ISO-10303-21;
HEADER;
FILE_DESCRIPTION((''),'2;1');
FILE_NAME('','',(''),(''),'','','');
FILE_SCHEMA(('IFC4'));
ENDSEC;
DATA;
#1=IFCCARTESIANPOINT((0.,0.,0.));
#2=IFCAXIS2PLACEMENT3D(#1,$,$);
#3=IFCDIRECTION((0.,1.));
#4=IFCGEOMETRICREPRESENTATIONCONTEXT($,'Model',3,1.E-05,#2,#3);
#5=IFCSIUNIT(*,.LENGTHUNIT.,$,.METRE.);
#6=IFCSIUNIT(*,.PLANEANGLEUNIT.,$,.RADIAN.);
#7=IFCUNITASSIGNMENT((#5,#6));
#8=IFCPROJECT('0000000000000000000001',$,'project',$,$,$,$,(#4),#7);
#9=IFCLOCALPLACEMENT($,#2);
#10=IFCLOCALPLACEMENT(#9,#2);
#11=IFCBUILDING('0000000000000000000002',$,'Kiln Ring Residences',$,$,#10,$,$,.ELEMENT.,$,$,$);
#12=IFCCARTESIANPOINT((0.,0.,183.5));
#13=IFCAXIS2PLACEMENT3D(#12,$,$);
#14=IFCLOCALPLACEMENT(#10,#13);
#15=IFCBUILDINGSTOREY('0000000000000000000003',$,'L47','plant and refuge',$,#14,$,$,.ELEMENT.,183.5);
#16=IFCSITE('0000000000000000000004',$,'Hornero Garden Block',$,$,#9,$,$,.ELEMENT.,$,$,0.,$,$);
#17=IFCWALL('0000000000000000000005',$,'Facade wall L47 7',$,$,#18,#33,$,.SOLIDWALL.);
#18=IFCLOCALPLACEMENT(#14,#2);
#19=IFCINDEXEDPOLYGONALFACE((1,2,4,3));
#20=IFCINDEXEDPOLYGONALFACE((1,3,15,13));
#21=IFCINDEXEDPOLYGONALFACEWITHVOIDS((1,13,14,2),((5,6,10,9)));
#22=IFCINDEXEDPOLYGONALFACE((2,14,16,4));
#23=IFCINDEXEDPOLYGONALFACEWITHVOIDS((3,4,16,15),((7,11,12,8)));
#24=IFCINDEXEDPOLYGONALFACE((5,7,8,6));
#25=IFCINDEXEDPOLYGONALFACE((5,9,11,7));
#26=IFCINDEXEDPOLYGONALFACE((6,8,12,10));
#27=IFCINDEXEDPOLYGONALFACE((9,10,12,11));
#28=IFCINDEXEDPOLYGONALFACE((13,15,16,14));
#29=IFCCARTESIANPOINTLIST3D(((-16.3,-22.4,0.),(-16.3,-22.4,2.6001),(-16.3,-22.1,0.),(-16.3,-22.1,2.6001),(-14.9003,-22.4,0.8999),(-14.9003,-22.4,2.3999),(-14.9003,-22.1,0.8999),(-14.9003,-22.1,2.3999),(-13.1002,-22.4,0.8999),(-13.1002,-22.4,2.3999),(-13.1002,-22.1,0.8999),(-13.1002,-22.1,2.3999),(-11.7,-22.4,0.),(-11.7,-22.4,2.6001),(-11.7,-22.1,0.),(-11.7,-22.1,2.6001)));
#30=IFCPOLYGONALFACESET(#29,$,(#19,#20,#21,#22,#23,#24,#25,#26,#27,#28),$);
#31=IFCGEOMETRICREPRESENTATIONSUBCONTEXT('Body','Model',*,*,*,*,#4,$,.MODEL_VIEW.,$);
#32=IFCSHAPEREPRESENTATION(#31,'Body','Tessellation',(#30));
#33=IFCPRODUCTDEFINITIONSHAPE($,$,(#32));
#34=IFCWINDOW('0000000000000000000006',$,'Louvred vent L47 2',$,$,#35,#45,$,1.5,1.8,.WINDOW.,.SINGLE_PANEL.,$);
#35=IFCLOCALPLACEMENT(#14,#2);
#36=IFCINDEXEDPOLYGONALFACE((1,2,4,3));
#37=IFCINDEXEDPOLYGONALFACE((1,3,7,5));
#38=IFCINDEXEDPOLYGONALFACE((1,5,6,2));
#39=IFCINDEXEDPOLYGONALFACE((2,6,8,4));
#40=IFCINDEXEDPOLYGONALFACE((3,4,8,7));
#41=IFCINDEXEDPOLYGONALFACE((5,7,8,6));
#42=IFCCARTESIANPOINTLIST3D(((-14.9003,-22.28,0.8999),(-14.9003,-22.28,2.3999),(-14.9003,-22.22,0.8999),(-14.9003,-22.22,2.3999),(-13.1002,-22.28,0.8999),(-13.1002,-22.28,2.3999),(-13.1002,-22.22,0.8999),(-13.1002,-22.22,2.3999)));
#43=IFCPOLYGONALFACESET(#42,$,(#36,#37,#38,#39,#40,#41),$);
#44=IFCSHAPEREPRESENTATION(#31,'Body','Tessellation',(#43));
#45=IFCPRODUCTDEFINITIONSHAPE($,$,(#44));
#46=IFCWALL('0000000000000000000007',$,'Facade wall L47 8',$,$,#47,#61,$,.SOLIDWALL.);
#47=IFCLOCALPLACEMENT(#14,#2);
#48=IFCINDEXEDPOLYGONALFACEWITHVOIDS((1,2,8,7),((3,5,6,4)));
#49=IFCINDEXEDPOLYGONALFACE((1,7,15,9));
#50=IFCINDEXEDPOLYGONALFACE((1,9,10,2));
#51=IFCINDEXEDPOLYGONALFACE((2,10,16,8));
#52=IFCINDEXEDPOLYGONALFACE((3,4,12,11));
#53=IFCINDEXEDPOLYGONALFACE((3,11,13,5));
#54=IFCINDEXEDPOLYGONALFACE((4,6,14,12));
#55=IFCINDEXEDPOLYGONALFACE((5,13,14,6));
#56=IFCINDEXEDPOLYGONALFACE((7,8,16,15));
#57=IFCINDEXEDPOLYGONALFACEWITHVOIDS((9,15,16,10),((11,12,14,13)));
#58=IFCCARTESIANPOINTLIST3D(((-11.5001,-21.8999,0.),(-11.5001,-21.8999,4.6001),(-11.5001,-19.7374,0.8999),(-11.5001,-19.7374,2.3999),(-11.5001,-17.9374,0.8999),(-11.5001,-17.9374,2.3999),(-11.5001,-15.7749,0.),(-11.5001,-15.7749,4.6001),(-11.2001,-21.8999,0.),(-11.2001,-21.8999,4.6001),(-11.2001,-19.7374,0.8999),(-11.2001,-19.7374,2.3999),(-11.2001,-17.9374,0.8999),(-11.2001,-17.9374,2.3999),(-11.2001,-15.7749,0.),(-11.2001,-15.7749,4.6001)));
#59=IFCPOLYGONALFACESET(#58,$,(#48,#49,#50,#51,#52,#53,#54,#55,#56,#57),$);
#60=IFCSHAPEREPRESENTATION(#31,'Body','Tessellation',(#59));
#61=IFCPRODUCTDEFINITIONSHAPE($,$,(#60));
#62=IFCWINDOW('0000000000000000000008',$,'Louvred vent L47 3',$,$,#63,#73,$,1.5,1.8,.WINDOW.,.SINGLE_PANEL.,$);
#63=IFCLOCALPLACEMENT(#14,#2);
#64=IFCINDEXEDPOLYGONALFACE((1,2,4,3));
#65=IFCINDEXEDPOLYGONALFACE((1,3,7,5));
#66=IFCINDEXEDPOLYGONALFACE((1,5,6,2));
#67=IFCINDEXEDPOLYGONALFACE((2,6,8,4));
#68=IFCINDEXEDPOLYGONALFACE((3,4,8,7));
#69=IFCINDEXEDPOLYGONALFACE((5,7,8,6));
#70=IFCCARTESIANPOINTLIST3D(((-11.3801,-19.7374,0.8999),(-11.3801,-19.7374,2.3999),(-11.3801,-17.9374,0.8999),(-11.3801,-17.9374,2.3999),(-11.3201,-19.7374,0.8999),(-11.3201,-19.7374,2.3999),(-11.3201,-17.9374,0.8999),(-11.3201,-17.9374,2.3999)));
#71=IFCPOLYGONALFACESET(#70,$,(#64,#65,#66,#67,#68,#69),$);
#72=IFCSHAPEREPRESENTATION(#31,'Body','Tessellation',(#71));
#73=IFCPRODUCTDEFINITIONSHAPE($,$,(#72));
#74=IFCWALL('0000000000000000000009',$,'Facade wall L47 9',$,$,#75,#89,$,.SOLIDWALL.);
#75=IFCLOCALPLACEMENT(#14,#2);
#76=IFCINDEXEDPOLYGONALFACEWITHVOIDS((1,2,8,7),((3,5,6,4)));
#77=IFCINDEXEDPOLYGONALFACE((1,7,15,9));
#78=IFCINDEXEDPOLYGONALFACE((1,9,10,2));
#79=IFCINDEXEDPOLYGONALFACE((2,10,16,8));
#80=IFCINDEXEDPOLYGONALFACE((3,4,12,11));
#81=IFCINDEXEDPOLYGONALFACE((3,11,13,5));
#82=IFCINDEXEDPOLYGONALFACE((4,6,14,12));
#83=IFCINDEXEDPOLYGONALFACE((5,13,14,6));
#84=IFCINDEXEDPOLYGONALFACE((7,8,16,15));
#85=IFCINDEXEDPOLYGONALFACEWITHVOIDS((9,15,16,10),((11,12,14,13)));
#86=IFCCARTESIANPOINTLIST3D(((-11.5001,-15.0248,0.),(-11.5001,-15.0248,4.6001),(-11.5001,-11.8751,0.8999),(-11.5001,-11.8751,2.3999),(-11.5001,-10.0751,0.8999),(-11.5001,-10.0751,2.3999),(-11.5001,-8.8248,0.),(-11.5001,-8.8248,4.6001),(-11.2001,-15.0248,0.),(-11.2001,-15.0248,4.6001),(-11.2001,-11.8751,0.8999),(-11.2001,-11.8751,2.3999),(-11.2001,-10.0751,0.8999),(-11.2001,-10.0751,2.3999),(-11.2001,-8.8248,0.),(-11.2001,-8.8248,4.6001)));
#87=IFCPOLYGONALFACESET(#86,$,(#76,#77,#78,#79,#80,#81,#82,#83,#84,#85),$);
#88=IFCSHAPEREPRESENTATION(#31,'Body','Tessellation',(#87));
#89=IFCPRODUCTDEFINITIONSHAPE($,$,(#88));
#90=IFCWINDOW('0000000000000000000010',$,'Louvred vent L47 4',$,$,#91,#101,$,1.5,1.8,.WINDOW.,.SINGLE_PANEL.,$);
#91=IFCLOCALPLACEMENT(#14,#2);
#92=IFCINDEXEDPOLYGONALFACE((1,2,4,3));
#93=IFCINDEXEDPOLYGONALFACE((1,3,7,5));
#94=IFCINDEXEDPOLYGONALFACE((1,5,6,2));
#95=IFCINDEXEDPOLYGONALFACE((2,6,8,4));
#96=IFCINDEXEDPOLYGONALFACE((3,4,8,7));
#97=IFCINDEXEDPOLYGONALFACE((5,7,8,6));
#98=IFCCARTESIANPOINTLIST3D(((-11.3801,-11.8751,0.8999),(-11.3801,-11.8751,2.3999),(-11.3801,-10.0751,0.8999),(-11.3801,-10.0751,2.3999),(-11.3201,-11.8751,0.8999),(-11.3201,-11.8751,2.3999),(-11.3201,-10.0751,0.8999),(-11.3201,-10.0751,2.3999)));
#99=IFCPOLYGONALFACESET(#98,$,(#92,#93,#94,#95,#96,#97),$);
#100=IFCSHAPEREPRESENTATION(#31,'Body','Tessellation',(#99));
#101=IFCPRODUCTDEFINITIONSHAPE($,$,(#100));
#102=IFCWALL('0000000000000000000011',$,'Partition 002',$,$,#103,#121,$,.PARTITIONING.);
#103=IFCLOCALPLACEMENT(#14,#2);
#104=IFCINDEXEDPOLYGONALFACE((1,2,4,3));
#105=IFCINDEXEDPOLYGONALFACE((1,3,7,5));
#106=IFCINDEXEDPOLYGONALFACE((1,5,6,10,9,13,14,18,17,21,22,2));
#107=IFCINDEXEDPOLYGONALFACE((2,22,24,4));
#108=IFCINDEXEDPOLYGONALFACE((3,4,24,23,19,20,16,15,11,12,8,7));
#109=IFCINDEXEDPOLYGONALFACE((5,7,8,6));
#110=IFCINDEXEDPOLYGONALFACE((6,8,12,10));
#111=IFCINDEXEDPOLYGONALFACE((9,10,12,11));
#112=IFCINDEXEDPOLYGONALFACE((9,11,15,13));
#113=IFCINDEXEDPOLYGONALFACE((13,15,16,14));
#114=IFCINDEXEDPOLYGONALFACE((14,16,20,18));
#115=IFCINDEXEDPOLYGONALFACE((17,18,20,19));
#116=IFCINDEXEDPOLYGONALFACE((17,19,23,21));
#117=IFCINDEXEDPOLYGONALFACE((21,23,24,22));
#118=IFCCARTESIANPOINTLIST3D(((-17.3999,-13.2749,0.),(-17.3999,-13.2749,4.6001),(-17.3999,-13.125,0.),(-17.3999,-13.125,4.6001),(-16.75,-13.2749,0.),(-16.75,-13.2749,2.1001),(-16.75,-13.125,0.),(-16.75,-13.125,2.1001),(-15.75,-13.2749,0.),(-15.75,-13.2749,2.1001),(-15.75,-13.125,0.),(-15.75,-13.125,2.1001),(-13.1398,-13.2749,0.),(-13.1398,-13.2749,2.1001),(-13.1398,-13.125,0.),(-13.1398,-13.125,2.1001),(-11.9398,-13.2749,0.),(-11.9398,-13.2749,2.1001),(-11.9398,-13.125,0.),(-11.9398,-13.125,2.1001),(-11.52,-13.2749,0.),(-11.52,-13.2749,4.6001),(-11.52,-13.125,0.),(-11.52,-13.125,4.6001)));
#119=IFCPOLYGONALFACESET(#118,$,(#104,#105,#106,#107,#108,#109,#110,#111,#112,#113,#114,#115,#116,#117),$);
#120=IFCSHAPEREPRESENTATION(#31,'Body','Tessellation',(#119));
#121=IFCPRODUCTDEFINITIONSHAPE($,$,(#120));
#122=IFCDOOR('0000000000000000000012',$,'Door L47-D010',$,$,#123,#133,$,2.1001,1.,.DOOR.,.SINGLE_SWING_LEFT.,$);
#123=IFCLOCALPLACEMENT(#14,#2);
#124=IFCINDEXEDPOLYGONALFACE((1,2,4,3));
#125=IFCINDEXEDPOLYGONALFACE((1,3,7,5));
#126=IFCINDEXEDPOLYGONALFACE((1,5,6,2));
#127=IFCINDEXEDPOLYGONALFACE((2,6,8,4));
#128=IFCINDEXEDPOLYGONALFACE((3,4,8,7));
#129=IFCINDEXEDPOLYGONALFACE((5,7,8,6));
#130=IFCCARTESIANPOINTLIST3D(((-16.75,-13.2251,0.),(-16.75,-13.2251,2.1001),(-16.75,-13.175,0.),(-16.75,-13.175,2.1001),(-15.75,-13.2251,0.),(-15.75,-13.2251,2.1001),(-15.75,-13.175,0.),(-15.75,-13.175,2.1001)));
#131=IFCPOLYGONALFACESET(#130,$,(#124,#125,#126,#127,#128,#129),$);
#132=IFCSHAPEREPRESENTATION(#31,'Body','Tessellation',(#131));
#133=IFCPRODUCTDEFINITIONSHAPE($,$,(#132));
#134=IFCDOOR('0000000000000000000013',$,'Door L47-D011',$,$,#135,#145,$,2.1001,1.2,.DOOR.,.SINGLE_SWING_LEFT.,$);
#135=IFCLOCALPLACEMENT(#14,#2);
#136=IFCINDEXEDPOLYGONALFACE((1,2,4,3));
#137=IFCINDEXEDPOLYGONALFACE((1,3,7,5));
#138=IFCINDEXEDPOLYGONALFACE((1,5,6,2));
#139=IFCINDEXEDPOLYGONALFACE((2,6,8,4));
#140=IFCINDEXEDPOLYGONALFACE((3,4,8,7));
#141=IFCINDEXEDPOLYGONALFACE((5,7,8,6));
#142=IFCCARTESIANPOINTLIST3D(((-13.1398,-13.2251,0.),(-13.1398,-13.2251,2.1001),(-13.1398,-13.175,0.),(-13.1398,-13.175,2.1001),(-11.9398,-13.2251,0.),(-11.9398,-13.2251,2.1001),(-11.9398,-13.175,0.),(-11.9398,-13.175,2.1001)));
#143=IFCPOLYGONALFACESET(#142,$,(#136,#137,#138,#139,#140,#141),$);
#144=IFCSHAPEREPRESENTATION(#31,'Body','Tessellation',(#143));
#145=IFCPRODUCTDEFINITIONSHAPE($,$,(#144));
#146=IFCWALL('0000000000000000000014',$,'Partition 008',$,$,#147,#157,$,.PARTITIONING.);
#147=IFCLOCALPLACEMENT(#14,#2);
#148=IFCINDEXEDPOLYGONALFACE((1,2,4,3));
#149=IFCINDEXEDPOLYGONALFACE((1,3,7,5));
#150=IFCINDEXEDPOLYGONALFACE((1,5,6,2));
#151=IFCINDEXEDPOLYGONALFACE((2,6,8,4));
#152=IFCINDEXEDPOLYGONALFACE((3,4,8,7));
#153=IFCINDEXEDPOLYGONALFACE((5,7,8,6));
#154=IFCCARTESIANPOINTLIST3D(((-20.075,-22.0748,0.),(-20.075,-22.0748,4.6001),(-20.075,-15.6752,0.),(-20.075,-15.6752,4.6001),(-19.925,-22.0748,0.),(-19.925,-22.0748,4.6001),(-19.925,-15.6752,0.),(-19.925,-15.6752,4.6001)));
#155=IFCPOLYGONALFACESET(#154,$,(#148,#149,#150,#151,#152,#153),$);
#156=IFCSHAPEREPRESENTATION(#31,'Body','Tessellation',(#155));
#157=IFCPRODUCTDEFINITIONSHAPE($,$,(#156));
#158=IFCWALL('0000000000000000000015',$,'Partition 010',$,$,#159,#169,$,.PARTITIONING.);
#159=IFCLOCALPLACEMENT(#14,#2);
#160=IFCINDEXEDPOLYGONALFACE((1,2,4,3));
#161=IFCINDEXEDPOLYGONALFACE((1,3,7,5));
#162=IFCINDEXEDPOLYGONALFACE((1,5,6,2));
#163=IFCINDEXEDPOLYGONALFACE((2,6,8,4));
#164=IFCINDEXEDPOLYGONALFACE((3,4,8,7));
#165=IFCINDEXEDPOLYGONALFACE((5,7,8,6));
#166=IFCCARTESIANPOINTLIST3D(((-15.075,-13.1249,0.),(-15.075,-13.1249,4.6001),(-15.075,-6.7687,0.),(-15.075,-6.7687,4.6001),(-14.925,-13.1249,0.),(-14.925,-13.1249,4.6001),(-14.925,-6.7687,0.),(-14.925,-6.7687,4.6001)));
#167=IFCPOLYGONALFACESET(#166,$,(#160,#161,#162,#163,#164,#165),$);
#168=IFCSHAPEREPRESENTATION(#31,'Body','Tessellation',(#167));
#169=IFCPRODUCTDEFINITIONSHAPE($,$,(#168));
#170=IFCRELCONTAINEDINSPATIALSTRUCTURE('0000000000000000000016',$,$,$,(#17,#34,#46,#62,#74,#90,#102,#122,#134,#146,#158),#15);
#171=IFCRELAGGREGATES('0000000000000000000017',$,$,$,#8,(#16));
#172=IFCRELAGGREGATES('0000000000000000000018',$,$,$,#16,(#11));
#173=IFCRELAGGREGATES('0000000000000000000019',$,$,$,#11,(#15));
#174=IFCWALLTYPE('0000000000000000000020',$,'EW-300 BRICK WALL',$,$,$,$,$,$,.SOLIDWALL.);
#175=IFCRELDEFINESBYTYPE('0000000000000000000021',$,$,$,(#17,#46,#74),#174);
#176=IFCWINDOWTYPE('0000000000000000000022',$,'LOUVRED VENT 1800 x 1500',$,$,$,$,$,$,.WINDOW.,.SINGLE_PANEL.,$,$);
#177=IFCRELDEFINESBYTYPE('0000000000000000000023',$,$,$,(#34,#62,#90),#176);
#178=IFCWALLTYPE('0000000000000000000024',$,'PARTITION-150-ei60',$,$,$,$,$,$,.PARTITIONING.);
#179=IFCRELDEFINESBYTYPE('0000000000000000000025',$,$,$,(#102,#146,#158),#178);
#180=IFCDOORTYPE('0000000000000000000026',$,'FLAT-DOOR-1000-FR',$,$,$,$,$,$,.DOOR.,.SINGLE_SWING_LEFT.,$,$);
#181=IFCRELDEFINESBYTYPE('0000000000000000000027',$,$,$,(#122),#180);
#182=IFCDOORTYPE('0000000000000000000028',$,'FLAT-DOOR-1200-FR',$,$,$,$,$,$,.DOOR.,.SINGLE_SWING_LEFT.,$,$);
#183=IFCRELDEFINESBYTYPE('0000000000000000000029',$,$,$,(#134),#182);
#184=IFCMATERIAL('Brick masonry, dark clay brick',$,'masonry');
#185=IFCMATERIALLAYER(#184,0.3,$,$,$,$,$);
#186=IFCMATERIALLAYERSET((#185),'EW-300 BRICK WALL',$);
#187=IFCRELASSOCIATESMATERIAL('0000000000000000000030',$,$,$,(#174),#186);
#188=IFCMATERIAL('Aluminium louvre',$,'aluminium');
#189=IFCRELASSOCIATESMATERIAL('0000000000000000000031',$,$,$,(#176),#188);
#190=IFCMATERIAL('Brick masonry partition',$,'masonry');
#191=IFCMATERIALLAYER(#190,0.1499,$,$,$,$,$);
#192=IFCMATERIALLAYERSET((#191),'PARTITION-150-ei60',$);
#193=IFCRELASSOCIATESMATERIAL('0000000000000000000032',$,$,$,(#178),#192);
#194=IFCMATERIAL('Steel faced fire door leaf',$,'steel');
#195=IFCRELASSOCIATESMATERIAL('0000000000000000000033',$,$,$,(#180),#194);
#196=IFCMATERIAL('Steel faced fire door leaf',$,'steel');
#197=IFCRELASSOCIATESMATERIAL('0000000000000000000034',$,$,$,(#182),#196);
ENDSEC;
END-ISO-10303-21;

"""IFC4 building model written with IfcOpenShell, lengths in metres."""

from ifc_helpers import new_model, si_unit, direction, frame, frame_2d, origin, place, context, subcontext, project, spatial, rectangle, extrude, material, layer, layer_set, type_object, element, fill, save


model = new_model("IFC4")

# Units and contexts
model_context = context("Model", 3, precision=1e-05, world=origin(), true_north=direction((0.0, 1.0)))
body_context = subcontext(model_context, "Body", "Model", "MODEL_VIEW")
ifc_project = project(units=[si_unit("LENGTHUNIT", "METRE"), si_unit("PLANEANGLEUNIT", "RADIAN")], contexts=[model_context])

# Site, building, storey
site_placement = place(None, origin())
site = spatial("IfcSite", under=ifc_project, at=site_placement, Name="Hornero Garden Block", CompositionType="ELEMENT", RefElevation=0.0)
building_placement = place(site_placement, origin())
building = spatial("IfcBuilding", under=site, at=building_placement, Name="Kiln Ring Residences", CompositionType="ELEMENT")
storey_placement = place(building_placement, frame((0.0, 0.0, 183.5)))
storey = spatial("IfcBuildingStorey", under=building, at=storey_placement, Name="L47", Description="plant and refuge", CompositionType="ELEMENT", Elevation=183.5)

# Walls, openings, windows
ifc_material_1 = material(Name="Brick masonry, dark clay brick", Category="masonry")
ifc_layer_1 = layer(ifc_material_1, 0.3)
ifc_layer_set_1 = layer_set([ifc_layer_1], Name="EW-300 BRICK WALL")
wall_type_1 = type_object("IfcWallType", Name="EW-300 BRICK WALL", PredefinedType="SOLIDWALL", material=ifc_layer_set_1)
ifc_material_2 = material(Name="Aluminium louvre", Category="aluminium")
window_type = type_object("IfcWindowType", Name="LOUVRED VENT 1800 x 1500", PartitioningType="SINGLE_PANEL", PredefinedType="WINDOW", material=ifc_material_2)
wall_1_placement = place(storey_placement, frame((-16.3, -22.25, 0.0), z_axis=(0.0, 0.0, 1.0), x_axis=(1.0, 0.0, 0.0)))
wall_1 = element("IfcWall", 1, at=wall_1_placement, inside=storey, type_object=wall_type_1, Name="Facade wall L47 7", PredefinedType="SOLIDWALL", context=body_context, shape_type="SweptSolid", body=[
    extrude(rectangle(XDim=4.6001, YDim=0.3, at=frame_2d((2.3, 0.0))), origin(), (0.0, 0.0, 1.0), 2.6001),
])
opening_1_placement = place(wall_1_placement, frame((1.3999, 0.0, 0.8999)))
opening_1 = element("IfcOpeningElement", 2, at=opening_1_placement, cuts=wall_1, PredefinedType="OPENING", context=body_context, shape_type="SweptSolid", body=[
    extrude(rectangle(XDim=1.8, YDim=1.5, at=frame_2d((0.8999, 0.75))), frame((0.0, 0.1599, 0.0), z_axis=(0.0, -1.0, 0.0), x_axis=(1.0, 0.0, 0.0)), (0.0, 0.0, 1.0), 0.3201),
])
window_1_placement = place(opening_1_placement, origin())
window_1 = element("IfcWindow", 3, at=window_1_placement, inside=storey, type_object=window_type, Name="Louvred vent L47 2", OverallHeight=1.5, OverallWidth=1.8, PartitioningType="SINGLE_PANEL", PredefinedType="WINDOW", context=body_context, shape_type="SweptSolid", body=[
    extrude(rectangle(XDim=1.8, YDim=1.5, at=frame_2d((0.8999, 0.75))), frame((0.0, 0.03, 0.0), z_axis=(0.0, -1.0, 0.0), x_axis=(1.0, 0.0, 0.0)), (0.0, 0.0, 1.0), 0.0601),
])
fill(opening_1, window_1)
wall_2_placement = place(storey_placement, frame((-11.3501, -21.8999, 0.0), z_axis=(0.0, 0.0, 1.0), x_axis=(0.0, 1.0, 0.0)))
wall_2 = element("IfcWall", 4, at=wall_2_placement, inside=storey, type_object=wall_type_1, Name="Facade wall L47 8", PredefinedType="SOLIDWALL", context=body_context, shape_type="SweptSolid", body=[
    extrude(rectangle(XDim=6.125, YDim=0.3, at=frame_2d((3.0625, 0.0))), origin(), (0.0, 0.0, 1.0), 4.6001),
])
opening_2_placement = place(wall_2_placement, frame((2.1626, 0.0, 0.8999)))
opening_2 = element("IfcOpeningElement", 5, at=opening_2_placement, cuts=wall_2, PredefinedType="OPENING", context=body_context, shape_type="SweptSolid", body=[
    extrude(rectangle(XDim=1.8, YDim=1.5, at=frame_2d((0.8999, 0.75))), frame((0.0, 0.1599, 0.0), z_axis=(0.0, -1.0, 0.0), x_axis=(1.0, 0.0, 0.0)), (0.0, 0.0, 1.0), 0.3201),
])
window_2_placement = place(opening_2_placement, origin())
window_2 = element("IfcWindow", 6, at=window_2_placement, inside=storey, type_object=window_type, Name="Louvred vent L47 3", OverallHeight=1.5, OverallWidth=1.8, PartitioningType="SINGLE_PANEL", PredefinedType="WINDOW", context=body_context, shape_type="SweptSolid", body=[
    extrude(rectangle(XDim=1.8, YDim=1.5, at=frame_2d((0.8999, 0.75))), frame((0.0, 0.03, 0.0), z_axis=(0.0, -1.0, 0.0), x_axis=(1.0, 0.0, 0.0)), (0.0, 0.0, 1.0), 0.0601),
])
fill(opening_2, window_2)
wall_3_placement = place(storey_placement, frame((-11.3501, -15.0249, 0.0), z_axis=(0.0, 0.0, 1.0), x_axis=(0.0, 1.0, 0.0)))
wall_3 = element("IfcWall", 7, at=wall_3_placement, inside=storey, type_object=wall_type_1, Name="Facade wall L47 9", PredefinedType="SOLIDWALL", context=body_context, shape_type="SweptSolid", body=[
    extrude(rectangle(XDim=6.2, YDim=0.3, at=frame_2d((3.1001, 0.0))), origin(), (0.0, 0.0, 1.0), 4.6001),
])
opening_3_placement = place(wall_3_placement, frame((3.1499, 0.0, 0.8999)))
opening_3 = element("IfcOpeningElement", 8, at=opening_3_placement, cuts=wall_3, PredefinedType="OPENING", context=body_context, shape_type="SweptSolid", body=[
    extrude(rectangle(XDim=1.8, YDim=1.5, at=frame_2d((0.8999, 0.75))), frame((0.0, 0.1599, 0.0), z_axis=(0.0, -1.0, 0.0), x_axis=(1.0, 0.0, 0.0)), (0.0, 0.0, 1.0), 0.3201),
])
window_3_placement = place(opening_3_placement, origin())
window_3 = element("IfcWindow", 9, at=window_3_placement, inside=storey, type_object=window_type, Name="Louvred vent L47 4", OverallHeight=1.5, OverallWidth=1.8, PartitioningType="SINGLE_PANEL", PredefinedType="WINDOW", context=body_context, shape_type="SweptSolid", body=[
    extrude(rectangle(XDim=1.8, YDim=1.5, at=frame_2d((0.8999, 0.75))), frame((0.0, 0.03, 0.0), z_axis=(0.0, -1.0, 0.0), x_axis=(1.0, 0.0, 0.0)), (0.0, 0.0, 1.0), 0.0601),
])
fill(opening_3, window_3)

# Wall, openings, doors
ifc_material_3 = material(Name="Brick masonry partition", Category="masonry")
ifc_layer_2 = layer(ifc_material_3, 0.1499)
ifc_layer_set_2 = layer_set([ifc_layer_2], Name="PARTITION-150-ei60")
wall_type_2 = type_object("IfcWallType", Name="PARTITION-150-ei60", PredefinedType="PARTITIONING", material=ifc_layer_set_2)
wall_4_placement = place(storey_placement, frame((-17.3999, -13.2, 0.0), z_axis=(0.0, 0.0, 1.0), x_axis=(1.0, 0.0, 0.0)))
wall_4 = element("IfcWall", 10, at=wall_4_placement, inside=storey, type_object=wall_type_2, Name="Partition 002", PredefinedType="PARTITIONING", context=body_context, shape_type="SweptSolid", body=[
    extrude(rectangle(XDim=5.8799, YDim=0.1499, at=frame_2d((2.9399, 0.0))), origin(), (0.0, 0.0, 1.0), 4.6001),
])
opening_4_placement = place(wall_4_placement, frame((0.6499, 0.0, 0.0)))
opening_4 = element("IfcOpeningElement", 11, at=opening_4_placement, cuts=wall_4, PredefinedType="OPENING", context=body_context, shape_type="SweptSolid", body=[
    extrude(rectangle(XDim=1.0, YDim=2.1001, at=frame_2d((0.5, 1.05))), frame((0.0, 0.085, 0.0), z_axis=(0.0, -1.0, 0.0), x_axis=(1.0, 0.0, 0.0)), (0.0, 0.0, 1.0), 0.1699),
])
opening_5_placement = place(wall_4_placement, frame((4.26, 0.0, 0.0)))
opening_5 = element("IfcOpeningElement", 12, at=opening_5_placement, cuts=wall_4, PredefinedType="OPENING", context=body_context, shape_type="SweptSolid", body=[
    extrude(rectangle(XDim=1.2, YDim=2.1001, at=frame_2d((0.6001, 1.05))), frame((0.0, 0.085, 0.0), z_axis=(0.0, -1.0, 0.0), x_axis=(1.0, 0.0, 0.0)), (0.0, 0.0, 1.0), 0.1699),
])
ifc_material_4 = material(Name="Steel faced fire door leaf", Category="steel")
door_type_1 = type_object("IfcDoorType", Name="FLAT-DOOR-1000-FR", OperationType="SINGLE_SWING_LEFT", PredefinedType="DOOR", material=ifc_material_4)
door_1_placement = place(opening_4_placement, origin())
door_1 = element("IfcDoor", 13, at=door_1_placement, inside=storey, type_object=door_type_1, Name="Door L47-D010", OperationType="SINGLE_SWING_LEFT", OverallHeight=2.1001, OverallWidth=1.0, PredefinedType="DOOR", context=body_context, shape_type="SweptSolid", body=[
    extrude(rectangle(XDim=1.0, YDim=2.1001, at=frame_2d((0.5, 1.05))), frame((0.0, 0.0249, 0.0), z_axis=(0.0, -1.0, 0.0), x_axis=(1.0, 0.0, 0.0)), (0.0, 0.0, 1.0), 0.05),
])
fill(opening_4, door_1)
ifc_material_5 = material(Name="Steel faced fire door leaf", Category="steel")
door_type_2 = type_object("IfcDoorType", Name="FLAT-DOOR-1200-FR", OperationType="SINGLE_SWING_LEFT", PredefinedType="DOOR", material=ifc_material_5)
door_2_placement = place(opening_5_placement, origin())
door_2 = element("IfcDoor", 14, at=door_2_placement, inside=storey, type_object=door_type_2, Name="Door L47-D011", OperationType="SINGLE_SWING_LEFT", OverallHeight=2.1001, OverallWidth=1.2, PredefinedType="DOOR", context=body_context, shape_type="SweptSolid", body=[
    extrude(rectangle(XDim=1.2, YDim=2.1001, at=frame_2d((0.6001, 1.05))), frame((0.0, 0.0249, 0.0), z_axis=(0.0, -1.0, 0.0), x_axis=(1.0, 0.0, 0.0)), (0.0, 0.0, 1.0), 0.05),
])
fill(opening_5, door_2)

# Walls
wall_5_placement = place(storey_placement, frame((-20.0, -22.0747, 0.0), z_axis=(0.0, 0.0, 1.0), x_axis=(0.0, 1.0, 0.0)))
element("IfcWall", 15, at=wall_5_placement, inside=storey, type_object=wall_type_2, Name="Partition 008", PredefinedType="PARTITIONING", context=body_context, shape_type="SweptSolid", body=[
    extrude(rectangle(XDim=6.3997, YDim=0.1499, at=frame_2d((3.1997, 0.0))), origin(), (0.0, 0.0, 1.0), 4.6001),
])
wall_6_placement = place(storey_placement, frame((-15.0, -13.125, 0.0), z_axis=(0.0, 0.0, 1.0), x_axis=(0.0, 1.0, 0.0)))
element("IfcWall", 16, at=wall_6_placement, inside=storey, type_object=wall_type_2, Name="Partition 010", PredefinedType="PARTITIONING", context=body_context, shape_type="SweptSolid", body=[
    extrude(rectangle(XDim=6.3562, YDim=0.1499, at=frame_2d((3.1782, 0.0))), origin(), (0.0, 0.0, 1.0), 4.6001),
])

save(model, "model.ifc")
